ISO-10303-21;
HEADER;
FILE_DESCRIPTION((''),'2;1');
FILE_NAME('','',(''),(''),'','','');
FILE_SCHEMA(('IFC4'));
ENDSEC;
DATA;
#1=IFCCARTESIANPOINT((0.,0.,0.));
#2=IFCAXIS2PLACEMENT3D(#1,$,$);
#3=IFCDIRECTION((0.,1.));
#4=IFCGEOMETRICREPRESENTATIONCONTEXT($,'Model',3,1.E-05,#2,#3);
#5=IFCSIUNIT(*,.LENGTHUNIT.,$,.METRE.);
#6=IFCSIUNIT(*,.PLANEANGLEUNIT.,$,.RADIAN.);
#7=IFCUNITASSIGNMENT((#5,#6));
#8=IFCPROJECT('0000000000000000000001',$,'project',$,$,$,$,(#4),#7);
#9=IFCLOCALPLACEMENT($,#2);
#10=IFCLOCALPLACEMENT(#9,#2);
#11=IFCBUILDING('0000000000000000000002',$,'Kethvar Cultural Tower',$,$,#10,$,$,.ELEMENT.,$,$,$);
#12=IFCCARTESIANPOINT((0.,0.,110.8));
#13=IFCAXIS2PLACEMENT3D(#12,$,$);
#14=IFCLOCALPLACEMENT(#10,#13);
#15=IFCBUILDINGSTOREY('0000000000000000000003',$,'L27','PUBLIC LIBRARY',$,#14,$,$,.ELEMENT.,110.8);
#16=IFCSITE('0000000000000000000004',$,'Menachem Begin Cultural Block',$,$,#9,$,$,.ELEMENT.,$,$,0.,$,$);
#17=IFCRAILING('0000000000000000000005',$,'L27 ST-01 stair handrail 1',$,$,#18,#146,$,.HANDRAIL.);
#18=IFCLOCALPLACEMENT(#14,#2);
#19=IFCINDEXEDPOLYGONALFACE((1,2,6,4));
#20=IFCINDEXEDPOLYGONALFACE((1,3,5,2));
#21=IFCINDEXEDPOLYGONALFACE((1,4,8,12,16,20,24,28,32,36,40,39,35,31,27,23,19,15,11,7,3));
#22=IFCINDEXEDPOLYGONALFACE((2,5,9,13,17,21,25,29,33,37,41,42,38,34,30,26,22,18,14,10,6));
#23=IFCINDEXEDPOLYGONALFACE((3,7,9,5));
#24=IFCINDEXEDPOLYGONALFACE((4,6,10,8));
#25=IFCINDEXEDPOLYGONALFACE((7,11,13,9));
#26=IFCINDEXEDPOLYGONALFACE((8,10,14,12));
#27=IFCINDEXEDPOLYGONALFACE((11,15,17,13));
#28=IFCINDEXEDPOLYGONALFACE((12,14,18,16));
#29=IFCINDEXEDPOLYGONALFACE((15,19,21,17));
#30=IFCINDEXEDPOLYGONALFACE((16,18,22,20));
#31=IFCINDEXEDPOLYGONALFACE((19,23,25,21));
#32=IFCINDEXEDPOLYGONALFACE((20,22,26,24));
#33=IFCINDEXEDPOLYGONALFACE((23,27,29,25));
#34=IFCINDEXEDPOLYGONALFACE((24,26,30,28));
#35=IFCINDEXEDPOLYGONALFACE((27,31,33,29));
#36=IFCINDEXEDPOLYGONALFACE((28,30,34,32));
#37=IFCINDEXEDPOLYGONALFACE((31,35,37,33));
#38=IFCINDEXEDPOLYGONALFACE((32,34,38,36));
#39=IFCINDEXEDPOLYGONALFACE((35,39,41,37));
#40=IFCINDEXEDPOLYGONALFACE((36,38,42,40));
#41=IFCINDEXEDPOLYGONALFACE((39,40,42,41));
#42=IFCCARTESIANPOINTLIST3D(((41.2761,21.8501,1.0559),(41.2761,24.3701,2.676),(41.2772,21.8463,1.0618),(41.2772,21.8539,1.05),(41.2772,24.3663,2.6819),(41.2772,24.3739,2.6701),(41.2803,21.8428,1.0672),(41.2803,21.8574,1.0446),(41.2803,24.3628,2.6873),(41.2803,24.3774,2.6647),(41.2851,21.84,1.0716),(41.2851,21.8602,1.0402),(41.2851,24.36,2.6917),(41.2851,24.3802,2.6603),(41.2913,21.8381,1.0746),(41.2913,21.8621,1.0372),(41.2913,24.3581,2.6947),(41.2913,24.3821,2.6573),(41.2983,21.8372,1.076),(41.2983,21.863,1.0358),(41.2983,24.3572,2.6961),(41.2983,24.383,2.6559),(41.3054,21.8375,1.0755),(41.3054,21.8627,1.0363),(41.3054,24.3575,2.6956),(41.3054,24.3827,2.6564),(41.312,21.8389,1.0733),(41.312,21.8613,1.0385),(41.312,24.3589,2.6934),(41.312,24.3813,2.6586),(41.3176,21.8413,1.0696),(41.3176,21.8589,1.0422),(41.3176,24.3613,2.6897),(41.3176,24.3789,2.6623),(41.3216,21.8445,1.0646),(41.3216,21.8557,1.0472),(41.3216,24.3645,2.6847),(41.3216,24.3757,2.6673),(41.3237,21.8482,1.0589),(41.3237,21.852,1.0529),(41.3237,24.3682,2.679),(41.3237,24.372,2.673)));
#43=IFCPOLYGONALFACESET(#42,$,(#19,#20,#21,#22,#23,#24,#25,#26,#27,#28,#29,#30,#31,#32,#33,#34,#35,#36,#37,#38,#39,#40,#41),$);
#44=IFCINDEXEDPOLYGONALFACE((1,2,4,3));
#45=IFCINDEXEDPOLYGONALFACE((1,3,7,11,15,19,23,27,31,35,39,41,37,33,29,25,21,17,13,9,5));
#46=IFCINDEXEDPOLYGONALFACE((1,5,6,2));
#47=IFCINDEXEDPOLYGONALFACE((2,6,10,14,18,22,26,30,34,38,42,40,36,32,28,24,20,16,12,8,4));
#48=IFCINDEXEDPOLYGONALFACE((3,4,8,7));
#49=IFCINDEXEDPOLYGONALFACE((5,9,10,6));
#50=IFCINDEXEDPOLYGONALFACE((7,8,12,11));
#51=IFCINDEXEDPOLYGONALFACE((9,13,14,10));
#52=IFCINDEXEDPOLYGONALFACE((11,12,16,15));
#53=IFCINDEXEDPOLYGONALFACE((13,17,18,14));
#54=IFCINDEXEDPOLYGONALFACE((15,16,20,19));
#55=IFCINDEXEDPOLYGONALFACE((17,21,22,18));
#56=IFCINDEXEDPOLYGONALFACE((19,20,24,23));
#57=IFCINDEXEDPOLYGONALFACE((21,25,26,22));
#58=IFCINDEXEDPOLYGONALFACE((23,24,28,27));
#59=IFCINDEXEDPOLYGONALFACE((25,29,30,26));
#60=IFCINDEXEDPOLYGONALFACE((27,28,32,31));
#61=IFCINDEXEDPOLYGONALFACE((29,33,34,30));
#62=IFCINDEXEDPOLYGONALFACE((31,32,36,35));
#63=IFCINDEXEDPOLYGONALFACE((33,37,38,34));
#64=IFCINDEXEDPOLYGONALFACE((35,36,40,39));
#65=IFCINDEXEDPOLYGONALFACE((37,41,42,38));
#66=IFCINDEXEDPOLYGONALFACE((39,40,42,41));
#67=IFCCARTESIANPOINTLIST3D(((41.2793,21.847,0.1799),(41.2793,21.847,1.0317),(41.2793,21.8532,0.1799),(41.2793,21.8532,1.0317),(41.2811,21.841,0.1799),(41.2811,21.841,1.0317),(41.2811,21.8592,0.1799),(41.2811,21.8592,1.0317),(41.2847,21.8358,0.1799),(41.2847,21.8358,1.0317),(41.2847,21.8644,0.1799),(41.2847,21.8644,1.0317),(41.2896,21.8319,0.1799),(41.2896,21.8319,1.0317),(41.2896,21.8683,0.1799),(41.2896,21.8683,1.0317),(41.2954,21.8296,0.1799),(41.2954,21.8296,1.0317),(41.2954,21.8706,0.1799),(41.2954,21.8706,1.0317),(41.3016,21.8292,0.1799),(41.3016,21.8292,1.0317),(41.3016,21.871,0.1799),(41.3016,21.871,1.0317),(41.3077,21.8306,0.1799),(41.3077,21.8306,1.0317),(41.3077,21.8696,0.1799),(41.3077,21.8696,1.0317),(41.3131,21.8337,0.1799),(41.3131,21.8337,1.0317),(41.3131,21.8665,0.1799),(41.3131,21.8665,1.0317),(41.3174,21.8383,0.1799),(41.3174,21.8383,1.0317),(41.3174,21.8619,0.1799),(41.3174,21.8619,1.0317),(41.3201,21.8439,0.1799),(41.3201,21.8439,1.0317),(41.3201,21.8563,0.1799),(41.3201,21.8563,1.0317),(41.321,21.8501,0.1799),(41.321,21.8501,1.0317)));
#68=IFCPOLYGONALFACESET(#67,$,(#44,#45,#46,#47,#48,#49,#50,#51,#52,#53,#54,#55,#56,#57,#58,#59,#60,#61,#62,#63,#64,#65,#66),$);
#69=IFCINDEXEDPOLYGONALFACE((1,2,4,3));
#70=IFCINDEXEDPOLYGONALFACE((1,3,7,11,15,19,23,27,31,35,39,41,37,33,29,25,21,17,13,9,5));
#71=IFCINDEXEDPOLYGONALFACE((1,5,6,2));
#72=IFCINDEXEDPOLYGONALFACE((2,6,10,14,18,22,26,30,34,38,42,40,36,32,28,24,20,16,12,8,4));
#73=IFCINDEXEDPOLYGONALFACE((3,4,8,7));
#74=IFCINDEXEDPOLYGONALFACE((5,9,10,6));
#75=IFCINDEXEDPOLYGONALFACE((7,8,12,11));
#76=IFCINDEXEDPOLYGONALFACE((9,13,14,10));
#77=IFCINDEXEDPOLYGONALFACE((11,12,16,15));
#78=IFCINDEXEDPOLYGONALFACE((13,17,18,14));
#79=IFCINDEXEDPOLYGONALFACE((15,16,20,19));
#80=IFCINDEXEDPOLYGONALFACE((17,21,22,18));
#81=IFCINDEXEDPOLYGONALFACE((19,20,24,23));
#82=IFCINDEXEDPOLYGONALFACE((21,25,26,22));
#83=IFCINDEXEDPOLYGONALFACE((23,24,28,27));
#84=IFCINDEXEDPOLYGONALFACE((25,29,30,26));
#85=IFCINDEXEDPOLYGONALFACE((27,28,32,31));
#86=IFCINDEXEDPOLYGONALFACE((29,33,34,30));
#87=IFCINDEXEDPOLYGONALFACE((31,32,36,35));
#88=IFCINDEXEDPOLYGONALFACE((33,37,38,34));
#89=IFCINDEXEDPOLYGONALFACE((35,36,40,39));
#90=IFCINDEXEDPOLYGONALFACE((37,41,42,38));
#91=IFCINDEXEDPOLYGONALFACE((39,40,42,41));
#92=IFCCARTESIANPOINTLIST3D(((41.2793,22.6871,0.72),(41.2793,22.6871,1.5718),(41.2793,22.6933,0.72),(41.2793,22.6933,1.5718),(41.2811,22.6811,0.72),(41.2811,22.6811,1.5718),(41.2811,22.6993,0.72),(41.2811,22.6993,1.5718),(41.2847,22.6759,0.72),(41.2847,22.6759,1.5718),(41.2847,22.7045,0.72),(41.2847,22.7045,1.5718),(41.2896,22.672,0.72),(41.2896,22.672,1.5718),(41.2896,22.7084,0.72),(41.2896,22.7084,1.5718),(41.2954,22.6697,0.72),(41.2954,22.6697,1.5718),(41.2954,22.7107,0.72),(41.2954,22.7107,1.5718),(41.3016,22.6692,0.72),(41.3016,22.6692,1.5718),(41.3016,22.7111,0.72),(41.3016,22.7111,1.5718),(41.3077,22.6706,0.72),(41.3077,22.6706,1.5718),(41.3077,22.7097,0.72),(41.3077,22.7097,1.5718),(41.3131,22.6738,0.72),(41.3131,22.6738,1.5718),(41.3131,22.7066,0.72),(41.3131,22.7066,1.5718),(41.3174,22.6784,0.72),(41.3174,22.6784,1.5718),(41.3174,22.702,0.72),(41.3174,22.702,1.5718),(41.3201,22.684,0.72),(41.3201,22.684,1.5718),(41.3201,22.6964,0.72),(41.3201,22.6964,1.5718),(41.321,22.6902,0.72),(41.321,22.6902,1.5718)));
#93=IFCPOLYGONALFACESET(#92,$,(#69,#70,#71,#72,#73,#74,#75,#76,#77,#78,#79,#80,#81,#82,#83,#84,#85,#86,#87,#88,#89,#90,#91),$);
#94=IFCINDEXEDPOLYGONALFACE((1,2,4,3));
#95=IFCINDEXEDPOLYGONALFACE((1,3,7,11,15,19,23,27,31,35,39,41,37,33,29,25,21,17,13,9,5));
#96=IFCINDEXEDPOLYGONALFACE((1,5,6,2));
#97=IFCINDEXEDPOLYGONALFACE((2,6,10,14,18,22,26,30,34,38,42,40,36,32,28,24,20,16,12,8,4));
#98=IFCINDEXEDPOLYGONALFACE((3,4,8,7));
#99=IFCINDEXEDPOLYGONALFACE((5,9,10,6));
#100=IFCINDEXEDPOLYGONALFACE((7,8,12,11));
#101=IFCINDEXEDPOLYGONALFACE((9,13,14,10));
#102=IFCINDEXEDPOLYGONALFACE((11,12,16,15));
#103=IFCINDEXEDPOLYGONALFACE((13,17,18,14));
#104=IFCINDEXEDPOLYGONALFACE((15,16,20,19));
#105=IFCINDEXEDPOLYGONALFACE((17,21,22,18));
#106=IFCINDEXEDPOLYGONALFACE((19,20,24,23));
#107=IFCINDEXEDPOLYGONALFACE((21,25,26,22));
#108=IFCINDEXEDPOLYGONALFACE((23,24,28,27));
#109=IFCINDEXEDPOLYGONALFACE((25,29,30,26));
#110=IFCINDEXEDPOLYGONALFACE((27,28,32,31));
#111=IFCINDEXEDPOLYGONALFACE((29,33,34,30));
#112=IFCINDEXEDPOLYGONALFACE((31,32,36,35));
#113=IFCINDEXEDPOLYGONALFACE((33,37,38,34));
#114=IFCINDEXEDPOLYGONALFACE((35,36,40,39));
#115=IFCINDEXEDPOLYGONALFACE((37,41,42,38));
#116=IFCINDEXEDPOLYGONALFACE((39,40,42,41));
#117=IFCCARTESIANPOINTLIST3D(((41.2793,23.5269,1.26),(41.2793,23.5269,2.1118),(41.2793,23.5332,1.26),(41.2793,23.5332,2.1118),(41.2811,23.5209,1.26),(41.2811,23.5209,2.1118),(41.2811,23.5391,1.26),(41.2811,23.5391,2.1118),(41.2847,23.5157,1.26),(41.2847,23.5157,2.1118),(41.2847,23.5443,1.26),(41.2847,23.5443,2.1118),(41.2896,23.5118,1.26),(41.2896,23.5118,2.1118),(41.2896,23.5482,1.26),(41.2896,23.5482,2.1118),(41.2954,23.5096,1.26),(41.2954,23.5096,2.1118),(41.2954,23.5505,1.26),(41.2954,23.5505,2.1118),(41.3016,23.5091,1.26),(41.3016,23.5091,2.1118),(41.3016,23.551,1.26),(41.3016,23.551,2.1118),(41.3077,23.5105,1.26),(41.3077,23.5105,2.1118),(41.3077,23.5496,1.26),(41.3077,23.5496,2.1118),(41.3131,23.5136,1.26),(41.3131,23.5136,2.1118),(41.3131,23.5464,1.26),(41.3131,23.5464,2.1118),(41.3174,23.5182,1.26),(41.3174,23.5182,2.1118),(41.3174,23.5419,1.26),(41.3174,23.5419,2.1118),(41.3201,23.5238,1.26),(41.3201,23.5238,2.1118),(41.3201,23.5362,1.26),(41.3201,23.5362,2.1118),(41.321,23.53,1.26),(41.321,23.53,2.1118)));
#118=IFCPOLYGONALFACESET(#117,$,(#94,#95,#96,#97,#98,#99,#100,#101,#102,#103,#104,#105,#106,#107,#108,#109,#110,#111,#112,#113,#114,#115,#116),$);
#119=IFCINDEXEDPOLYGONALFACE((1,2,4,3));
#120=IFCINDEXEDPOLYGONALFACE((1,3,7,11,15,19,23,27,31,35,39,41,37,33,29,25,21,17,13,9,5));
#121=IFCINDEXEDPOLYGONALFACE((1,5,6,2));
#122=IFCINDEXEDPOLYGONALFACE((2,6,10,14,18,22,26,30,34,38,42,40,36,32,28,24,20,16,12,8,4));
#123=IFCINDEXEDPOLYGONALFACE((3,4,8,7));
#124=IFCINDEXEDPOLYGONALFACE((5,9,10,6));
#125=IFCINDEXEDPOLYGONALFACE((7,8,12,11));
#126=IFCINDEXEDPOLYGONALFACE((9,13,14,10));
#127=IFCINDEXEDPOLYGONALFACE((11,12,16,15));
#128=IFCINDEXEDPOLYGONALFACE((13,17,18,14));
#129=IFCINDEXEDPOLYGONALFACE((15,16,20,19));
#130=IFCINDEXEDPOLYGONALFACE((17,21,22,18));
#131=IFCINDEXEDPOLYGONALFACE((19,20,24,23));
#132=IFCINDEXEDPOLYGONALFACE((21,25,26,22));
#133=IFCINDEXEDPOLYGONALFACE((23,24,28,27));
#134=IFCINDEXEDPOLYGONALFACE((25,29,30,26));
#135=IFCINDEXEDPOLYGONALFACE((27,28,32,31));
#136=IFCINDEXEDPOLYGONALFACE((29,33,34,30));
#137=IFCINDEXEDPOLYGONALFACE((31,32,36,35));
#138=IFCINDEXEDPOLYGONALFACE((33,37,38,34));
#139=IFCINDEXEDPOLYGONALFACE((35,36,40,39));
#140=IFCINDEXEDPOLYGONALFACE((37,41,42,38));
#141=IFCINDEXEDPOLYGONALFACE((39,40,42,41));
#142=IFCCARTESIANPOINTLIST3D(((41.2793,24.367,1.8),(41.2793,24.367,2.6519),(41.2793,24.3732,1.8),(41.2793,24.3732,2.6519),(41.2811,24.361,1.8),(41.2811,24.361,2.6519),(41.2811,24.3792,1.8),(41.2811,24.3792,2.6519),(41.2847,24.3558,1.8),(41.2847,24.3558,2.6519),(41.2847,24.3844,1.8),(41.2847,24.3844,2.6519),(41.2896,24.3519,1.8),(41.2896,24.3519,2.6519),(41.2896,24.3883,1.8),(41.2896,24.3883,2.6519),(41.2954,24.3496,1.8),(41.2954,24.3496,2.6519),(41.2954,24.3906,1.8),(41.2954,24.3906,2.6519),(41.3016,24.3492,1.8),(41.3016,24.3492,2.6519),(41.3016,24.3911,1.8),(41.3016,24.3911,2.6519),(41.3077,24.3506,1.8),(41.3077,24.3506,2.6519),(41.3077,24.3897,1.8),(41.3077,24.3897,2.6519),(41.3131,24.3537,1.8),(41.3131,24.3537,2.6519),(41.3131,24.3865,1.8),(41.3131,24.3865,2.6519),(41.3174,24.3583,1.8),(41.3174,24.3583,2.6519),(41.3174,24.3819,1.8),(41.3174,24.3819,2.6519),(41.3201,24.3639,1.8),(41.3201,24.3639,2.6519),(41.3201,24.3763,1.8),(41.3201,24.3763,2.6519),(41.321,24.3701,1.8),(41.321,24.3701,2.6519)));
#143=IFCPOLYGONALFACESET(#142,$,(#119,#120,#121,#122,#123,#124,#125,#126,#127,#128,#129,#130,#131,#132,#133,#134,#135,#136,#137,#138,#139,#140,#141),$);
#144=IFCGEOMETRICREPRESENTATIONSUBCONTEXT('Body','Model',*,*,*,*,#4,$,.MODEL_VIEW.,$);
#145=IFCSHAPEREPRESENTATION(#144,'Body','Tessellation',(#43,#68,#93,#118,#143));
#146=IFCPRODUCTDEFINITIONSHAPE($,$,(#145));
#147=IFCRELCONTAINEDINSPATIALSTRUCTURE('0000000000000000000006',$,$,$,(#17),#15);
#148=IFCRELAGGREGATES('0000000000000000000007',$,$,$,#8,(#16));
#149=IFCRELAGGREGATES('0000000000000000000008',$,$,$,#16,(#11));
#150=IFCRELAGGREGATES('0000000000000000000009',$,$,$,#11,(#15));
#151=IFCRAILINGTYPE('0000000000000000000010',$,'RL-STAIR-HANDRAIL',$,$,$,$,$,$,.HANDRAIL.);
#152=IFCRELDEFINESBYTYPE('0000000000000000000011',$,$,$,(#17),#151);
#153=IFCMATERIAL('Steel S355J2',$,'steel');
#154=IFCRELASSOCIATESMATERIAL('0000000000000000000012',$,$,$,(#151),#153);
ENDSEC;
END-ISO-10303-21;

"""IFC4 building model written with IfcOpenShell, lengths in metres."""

from ifc_helpers import new_model, si_unit, direction, frame, origin, origin_2d, place, context, subcontext, project, spatial, circle, extrude, material, type_object, element, save


model = new_model("IFC4")

# Units and contexts
model_context = context("Model", 3, precision=1e-05, world=origin(), true_north=direction((0.0, 1.0)))
body_context = subcontext(model_context, "Body", "Model", "MODEL_VIEW")
ifc_project = project(units=[si_unit("LENGTHUNIT", "METRE"), si_unit("PLANEANGLEUNIT", "RADIAN")], contexts=[model_context])

# Site, building, storey
site_placement = place(None, origin())
site = spatial("IfcSite", under=ifc_project, at=site_placement, Name="Menachem Begin Cultural Block", CompositionType="ELEMENT", RefElevation=0.0)
building_placement = place(site_placement, origin())
building = spatial("IfcBuilding", under=site, at=building_placement, Name="Kethvar Cultural Tower", CompositionType="ELEMENT")
storey_placement = place(building_placement, frame((0.0, 0.0, 110.8)))
storey = spatial("IfcBuildingStorey", under=building, at=storey_placement, Name="L27", Description="PUBLIC LIBRARY", CompositionType="ELEMENT", Elevation=110.8)

# Shared definitions
ifc_material_1 = material(Name="Steel S355J2", Category="steel")

# Railing
railing_type_1 = type_object("IfcRailingType", Name="RL-STAIR-HANDRAIL", PredefinedType="HANDRAIL", material=ifc_material_1)
railing_1_placement = place(storey_placement, frame((41.3, 21.8501, 0.1799)))
element("IfcRailing", 1, at=railing_1_placement, inside=storey, type_object=railing_type_1, Name="L27 ST-01 stair handrail 1", PredefinedType="HANDRAIL", context=body_context, shape_type="SweptSolid", body=[
    extrude(circle(Radius=0.0239, at=origin_2d()), frame((0.0, 0.0, 0.876), z_axis=(0.0, 0.841163, 0.540782), x_axis=(-1.0, 0.0, 0.0)), (0.0, 0.0, 1.0), 2.9958),
    extrude(circle(Radius=0.021, at=origin_2d()), origin(), (0.0, 0.0, 1.0), 0.8518),
    extrude(circle(Radius=0.021, at=origin_2d()), frame((0.0, 0.8401, 0.54)), (0.0, 0.0, 1.0), 0.8518),
    extrude(circle(Radius=0.021, at=origin_2d()), frame((0.0, 1.6799, 1.0801)), (0.0, 0.0, 1.0), 0.8518),
    extrude(circle(Radius=0.021, at=origin_2d()), frame((0.0, 2.52, 1.6201)), (0.0, 0.0, 1.0), 0.8518),
])

save(model, "model.ifc")
